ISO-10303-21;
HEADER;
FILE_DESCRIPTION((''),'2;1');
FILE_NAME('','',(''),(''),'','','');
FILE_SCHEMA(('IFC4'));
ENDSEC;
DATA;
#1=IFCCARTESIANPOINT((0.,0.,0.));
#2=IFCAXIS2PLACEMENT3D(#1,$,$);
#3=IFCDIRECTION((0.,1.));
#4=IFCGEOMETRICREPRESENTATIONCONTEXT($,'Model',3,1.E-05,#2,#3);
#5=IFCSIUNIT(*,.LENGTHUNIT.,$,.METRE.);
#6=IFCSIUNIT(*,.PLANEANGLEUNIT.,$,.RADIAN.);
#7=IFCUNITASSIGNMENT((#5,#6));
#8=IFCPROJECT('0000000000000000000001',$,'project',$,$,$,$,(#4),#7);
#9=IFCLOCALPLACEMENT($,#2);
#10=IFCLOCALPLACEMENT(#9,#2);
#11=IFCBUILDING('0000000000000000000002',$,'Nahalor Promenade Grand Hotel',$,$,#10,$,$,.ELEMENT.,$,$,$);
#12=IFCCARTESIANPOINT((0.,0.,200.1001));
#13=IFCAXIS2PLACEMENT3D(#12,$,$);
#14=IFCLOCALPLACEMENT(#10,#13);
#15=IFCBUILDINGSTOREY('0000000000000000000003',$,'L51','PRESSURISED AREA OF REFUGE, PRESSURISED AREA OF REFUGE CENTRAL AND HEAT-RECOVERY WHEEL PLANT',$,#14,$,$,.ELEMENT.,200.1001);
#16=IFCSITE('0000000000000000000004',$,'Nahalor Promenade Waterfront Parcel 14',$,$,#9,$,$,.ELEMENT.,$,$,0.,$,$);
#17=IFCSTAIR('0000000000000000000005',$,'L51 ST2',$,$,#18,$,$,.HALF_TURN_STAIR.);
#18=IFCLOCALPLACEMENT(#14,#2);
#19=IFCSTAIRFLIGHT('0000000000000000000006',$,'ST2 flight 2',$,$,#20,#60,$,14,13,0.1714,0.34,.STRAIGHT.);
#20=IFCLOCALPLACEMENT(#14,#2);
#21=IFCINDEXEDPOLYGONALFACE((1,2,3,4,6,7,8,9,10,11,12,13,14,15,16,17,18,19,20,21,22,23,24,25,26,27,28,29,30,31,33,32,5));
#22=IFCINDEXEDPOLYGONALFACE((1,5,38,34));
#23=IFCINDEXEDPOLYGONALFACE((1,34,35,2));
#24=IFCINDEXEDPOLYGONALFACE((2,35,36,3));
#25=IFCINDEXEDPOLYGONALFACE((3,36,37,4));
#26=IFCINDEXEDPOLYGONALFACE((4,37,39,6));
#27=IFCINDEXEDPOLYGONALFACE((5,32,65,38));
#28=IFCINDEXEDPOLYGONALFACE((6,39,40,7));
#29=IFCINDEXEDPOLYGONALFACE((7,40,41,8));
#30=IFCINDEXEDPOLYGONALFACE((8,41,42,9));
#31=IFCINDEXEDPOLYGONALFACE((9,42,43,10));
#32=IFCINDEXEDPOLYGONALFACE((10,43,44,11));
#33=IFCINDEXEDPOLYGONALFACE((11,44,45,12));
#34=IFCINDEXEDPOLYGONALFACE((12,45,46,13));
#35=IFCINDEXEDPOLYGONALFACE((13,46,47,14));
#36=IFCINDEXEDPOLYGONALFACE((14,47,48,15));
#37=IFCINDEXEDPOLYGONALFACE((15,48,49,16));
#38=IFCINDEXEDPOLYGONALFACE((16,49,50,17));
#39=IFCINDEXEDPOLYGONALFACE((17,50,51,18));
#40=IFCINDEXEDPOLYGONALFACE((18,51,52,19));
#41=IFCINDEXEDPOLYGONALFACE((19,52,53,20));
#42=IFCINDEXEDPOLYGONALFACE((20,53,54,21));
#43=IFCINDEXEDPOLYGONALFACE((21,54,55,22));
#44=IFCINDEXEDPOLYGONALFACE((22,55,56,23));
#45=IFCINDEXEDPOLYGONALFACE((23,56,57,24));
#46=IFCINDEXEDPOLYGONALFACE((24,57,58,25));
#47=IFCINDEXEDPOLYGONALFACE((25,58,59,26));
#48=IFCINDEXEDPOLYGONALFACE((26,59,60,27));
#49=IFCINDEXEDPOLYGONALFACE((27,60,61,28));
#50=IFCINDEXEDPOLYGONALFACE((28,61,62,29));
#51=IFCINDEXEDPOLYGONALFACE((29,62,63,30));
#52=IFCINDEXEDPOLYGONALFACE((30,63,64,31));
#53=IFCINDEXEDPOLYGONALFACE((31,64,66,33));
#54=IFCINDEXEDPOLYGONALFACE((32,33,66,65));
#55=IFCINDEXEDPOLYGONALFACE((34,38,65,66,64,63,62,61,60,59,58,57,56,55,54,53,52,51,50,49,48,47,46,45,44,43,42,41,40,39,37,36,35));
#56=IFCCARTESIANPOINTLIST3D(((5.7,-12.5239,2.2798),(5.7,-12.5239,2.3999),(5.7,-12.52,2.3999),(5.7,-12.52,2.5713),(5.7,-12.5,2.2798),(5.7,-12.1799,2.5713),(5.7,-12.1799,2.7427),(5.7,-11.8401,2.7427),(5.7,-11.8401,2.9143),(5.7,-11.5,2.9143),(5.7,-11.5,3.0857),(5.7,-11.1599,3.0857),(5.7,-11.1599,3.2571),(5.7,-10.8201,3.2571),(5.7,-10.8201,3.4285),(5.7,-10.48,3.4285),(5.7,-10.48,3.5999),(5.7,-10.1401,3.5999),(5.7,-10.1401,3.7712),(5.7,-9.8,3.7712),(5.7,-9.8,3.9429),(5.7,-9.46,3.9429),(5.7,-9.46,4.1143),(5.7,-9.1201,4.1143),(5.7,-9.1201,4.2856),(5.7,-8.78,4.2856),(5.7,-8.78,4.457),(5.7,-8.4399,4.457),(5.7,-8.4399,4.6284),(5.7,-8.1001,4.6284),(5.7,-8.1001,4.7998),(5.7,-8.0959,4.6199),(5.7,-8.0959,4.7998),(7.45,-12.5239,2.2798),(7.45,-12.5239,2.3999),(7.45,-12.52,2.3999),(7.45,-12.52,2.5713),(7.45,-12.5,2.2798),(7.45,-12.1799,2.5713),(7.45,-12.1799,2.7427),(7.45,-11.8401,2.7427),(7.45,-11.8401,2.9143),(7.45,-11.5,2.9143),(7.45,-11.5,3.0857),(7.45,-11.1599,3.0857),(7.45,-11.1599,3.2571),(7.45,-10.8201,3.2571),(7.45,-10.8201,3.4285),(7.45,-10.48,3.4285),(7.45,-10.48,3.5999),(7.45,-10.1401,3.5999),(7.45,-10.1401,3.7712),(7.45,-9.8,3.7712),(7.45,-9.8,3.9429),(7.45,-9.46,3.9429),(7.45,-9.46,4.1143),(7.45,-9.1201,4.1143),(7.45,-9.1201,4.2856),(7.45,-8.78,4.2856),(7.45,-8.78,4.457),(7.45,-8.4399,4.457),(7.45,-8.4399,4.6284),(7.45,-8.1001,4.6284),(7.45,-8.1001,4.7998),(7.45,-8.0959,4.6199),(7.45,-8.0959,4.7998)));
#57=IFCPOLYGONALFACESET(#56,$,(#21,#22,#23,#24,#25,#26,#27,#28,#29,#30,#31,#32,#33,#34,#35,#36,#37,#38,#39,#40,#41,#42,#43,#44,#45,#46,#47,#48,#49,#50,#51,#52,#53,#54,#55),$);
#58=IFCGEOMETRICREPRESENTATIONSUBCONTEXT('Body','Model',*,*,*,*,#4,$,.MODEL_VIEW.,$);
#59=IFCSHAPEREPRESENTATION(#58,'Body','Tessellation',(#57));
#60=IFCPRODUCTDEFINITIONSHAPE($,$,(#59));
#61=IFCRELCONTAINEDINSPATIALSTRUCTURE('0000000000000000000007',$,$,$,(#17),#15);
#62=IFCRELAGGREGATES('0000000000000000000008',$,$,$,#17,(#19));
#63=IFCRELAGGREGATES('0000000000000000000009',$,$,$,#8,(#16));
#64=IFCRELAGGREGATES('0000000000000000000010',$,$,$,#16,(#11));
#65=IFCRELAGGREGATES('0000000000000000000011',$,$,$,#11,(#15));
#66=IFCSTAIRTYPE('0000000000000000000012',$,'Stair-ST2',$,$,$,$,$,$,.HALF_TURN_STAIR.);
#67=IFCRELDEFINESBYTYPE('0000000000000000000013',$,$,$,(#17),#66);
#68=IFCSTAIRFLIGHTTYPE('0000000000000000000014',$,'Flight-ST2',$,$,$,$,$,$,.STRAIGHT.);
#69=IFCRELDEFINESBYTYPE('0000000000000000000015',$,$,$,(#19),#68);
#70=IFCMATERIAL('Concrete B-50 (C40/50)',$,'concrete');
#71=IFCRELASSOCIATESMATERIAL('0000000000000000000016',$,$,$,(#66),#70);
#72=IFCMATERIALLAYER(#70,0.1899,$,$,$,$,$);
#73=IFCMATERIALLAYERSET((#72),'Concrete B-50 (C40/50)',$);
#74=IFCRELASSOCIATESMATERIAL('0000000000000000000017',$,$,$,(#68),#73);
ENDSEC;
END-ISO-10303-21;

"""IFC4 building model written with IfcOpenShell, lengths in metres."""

from ifc_helpers import new_model, si_unit, direction, frame, origin, place, context, subcontext, project, spatial, polyline, outline, extrude, source, transform, mapped, material, layer, layer_set, type_object, element, aggregate, save


model = new_model("IFC4")

# Units and contexts
model_context = context("Model", 3, precision=1e-05, world=origin(), true_north=direction((0.0, 1.0)))
body_context = subcontext(model_context, "Body", "Model", "MODEL_VIEW")
ifc_project = project(units=[si_unit("LENGTHUNIT", "METRE"), si_unit("PLANEANGLEUNIT", "RADIAN")], contexts=[model_context])

# Site, building, storey
site_placement = place(None, origin())
site = spatial("IfcSite", under=ifc_project, at=site_placement, Name="Nahalor Promenade Waterfront Parcel 14", CompositionType="ELEMENT", RefElevation=0.0)
building_placement = place(site_placement, origin())
building = spatial("IfcBuilding", under=site, at=building_placement, Name="Nahalor Promenade Grand Hotel", CompositionType="ELEMENT")
storey_placement = place(building_placement, frame((0.0, 0.0, 200.1001)))
storey = spatial("IfcBuildingStorey", under=building, at=storey_placement, Name="L51", Description="PRESSURISED AREA OF REFUGE, PRESSURISED AREA OF REFUGE CENTRAL AND HEAT-RECOVERY WHEEL PLANT", CompositionType="ELEMENT", Elevation=200.1001)

# Shared definitions
ifc_material_1 = material(Name="Concrete B-50 (C40/50)", Category="concrete")

# Stair, stair flight
stair_type = type_object("IfcStairType", Name="Stair-ST2", PredefinedType="HALF_TURN_STAIR", material=ifc_material_1)
stair_placement = place(storey_placement, origin())
stair = element("IfcStair", 1, at=stair_placement, inside=storey, type_object=stair_type, Name="L51 ST2", PredefinedType="HALF_TURN_STAIR")
ifc_layer_1 = layer(ifc_material_1, 0.1899)
ifc_layer_set_1 = layer_set([ifc_layer_1], Name="Concrete B-50 (C40/50)")
stair_flight_type = type_object("IfcStairFlightType", Name="Flight-ST2", PredefinedType="STRAIGHT", material=ifc_layer_set_1)
shared_shape_1 = source(origin(), body_context, "Body", "SweptSolid", [
    extrude(outline(polyline([(-0.0039, -0.1201), (-0.0039, 0.0), (0.0, 0.0), (0.0, 0.1714), (0.3401, 0.1714), (0.3401, 0.3428), (0.6799, 0.3428), (0.6799, 0.5144), (1.02, 0.5144), (1.02, 0.6858), (1.3601, 0.6858), (1.3601, 0.8572), (1.7, 0.8572), (1.7, 1.0286), (2.04, 1.0286), (2.04, 1.2), (2.3799, 1.2), (2.3799, 1.3713), (2.72, 1.3713), (2.72, 1.543), (3.0601, 1.543), (3.0601, 1.7144), (3.3999, 1.7144), (3.3999, 1.8857), (3.74, 1.8857), (3.74, 2.0571), (4.0801, 2.0571), (4.0801, 2.2285), (4.4199, 2.2285), (4.4199, 2.3999), (4.4241, 2.3999), (4.4241, 2.22), (0.02, -0.1201), (-0.0039, -0.1201)])), frame((0.0, 0.875, 0.0), z_axis=(0.0, -1.0, 0.0), x_axis=(1.0, 0.0, 0.0)), (0.0, 0.0, 1.0), 1.75),
])
stair_flight_1_placement = place(storey_placement, frame((6.575, -12.52, 2.3999), z_axis=(0.0, 0.0, 1.0), x_axis=(0.0, 1.0, 0.0)))
stair_flight_1 = element("IfcStairFlight", 2, at=stair_flight_1_placement, type_object=stair_flight_type, Name="ST2 flight 2", NumberOfRisers=14, NumberOfTreads=13, PredefinedType="STRAIGHT", RiserHeight=0.1714, TreadLength=0.34, context=body_context, shape_type="MappedRepresentation", body=[
    mapped(shared_shape_1, transform((0.0, 0.0, 0.0), scale=1.0)),
])
aggregate(stair, [stair_flight_1])

save(model, "model.ifc")
